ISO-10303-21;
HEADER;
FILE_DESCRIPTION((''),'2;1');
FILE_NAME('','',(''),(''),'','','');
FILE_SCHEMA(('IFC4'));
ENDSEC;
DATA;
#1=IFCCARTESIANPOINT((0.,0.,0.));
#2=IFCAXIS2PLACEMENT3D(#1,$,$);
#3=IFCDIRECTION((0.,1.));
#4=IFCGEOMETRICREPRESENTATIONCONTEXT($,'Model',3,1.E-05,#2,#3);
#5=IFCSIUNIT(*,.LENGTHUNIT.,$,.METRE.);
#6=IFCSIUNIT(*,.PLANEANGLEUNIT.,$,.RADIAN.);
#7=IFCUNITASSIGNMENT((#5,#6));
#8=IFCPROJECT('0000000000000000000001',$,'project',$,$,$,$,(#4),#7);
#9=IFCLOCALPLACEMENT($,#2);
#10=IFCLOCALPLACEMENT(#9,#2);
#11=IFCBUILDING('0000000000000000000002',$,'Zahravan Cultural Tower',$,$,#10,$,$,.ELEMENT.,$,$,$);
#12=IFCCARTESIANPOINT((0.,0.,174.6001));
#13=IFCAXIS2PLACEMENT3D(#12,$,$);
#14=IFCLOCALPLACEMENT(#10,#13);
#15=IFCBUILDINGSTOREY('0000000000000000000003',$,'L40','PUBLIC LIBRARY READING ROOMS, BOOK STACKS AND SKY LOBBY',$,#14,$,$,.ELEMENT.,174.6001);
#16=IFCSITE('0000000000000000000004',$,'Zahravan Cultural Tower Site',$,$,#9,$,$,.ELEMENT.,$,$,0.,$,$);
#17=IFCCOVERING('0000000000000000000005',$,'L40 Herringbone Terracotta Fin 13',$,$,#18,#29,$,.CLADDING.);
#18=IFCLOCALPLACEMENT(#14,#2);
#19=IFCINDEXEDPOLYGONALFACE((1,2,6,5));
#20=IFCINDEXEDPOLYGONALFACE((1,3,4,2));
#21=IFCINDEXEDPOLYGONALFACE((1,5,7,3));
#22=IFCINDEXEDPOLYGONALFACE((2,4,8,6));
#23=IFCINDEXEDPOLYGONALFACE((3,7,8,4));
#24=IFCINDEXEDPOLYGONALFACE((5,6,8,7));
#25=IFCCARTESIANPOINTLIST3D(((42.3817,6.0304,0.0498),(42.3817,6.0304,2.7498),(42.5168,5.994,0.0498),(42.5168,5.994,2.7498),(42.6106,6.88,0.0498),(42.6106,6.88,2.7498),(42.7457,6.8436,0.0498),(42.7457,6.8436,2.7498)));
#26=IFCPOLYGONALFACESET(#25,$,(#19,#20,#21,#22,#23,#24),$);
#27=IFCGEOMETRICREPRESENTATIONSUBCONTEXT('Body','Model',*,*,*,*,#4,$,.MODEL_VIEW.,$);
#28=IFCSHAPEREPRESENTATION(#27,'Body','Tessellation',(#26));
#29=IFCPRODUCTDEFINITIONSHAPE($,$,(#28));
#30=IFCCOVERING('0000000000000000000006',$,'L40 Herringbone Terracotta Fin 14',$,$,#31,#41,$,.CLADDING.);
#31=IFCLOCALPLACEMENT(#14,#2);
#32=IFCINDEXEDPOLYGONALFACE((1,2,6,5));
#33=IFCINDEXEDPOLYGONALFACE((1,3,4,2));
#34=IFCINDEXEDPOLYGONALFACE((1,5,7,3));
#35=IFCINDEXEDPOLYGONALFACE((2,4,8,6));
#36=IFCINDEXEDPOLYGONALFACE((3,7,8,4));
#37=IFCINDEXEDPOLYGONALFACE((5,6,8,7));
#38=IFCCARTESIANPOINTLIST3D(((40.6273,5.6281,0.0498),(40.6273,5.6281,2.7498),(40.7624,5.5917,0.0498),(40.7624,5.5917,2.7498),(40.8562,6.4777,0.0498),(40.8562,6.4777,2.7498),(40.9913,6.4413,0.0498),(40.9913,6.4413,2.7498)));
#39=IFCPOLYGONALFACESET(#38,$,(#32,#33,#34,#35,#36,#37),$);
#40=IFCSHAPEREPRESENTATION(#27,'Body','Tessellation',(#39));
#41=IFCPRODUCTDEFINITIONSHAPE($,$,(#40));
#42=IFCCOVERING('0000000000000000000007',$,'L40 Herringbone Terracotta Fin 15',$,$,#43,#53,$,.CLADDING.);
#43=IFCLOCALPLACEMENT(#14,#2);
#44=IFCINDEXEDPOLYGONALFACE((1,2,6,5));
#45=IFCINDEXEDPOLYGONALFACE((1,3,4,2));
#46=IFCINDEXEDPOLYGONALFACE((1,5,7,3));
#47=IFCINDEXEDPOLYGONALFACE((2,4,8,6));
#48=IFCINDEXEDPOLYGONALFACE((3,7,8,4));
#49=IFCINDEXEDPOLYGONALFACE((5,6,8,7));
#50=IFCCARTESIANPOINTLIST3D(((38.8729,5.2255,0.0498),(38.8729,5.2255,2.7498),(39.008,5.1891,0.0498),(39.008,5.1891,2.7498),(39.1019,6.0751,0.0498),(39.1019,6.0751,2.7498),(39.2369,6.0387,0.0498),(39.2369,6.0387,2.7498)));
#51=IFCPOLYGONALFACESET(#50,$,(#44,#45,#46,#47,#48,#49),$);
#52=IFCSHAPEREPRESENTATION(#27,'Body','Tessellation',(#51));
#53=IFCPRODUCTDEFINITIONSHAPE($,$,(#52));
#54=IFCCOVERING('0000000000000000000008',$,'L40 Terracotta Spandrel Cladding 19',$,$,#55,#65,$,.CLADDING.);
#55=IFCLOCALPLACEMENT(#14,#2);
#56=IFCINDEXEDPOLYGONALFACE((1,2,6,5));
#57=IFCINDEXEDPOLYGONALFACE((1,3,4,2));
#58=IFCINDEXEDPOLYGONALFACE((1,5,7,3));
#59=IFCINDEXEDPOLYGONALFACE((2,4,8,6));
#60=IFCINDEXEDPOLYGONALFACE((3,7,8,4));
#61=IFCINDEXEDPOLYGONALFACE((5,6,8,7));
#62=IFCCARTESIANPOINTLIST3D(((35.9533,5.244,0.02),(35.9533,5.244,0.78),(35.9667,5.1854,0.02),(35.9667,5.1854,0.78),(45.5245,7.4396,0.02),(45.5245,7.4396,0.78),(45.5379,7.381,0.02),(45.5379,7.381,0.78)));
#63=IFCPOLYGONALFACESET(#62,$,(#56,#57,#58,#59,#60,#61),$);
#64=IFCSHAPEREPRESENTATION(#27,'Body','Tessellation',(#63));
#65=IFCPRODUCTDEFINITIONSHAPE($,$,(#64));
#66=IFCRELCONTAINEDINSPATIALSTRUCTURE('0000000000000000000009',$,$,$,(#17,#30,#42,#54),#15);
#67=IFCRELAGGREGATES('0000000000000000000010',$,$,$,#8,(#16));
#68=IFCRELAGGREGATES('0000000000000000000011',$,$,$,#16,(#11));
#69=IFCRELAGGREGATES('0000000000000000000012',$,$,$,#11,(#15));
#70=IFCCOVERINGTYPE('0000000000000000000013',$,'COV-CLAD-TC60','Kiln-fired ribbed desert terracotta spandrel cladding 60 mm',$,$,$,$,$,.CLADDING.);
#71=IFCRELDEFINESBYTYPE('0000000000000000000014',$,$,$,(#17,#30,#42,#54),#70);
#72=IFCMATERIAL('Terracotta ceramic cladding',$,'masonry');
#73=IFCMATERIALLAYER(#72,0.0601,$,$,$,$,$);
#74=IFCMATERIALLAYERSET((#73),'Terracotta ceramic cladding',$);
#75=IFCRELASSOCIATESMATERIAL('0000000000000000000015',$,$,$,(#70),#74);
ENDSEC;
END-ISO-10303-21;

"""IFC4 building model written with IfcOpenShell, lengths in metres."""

from ifc_helpers import new_model, si_unit, direction, frame, origin, origin_2d, place, context, subcontext, project, spatial, rectangle, extrude, source, transform, mapped, material, layer, layer_set, type_object, element, save


model = new_model("IFC4")

# Units and contexts
model_context = context("Model", 3, precision=1e-05, world=origin(), true_north=direction((0.0, 1.0)))
body_context = subcontext(model_context, "Body", "Model", "MODEL_VIEW")
ifc_project = project(units=[si_unit("LENGTHUNIT", "METRE"), si_unit("PLANEANGLEUNIT", "RADIAN")], contexts=[model_context])

# Site, building, storey
site_placement = place(None, origin())
site = spatial("IfcSite", under=ifc_project, at=site_placement, Name="Zahravan Cultural Tower Site", CompositionType="ELEMENT", RefElevation=0.0)
building_placement = place(site_placement, origin())
building = spatial("IfcBuilding", under=site, at=building_placement, Name="Zahravan Cultural Tower", CompositionType="ELEMENT")
storey_placement = place(building_placement, frame((0.0, 0.0, 174.6001)))
storey = spatial("IfcBuildingStorey", under=building, at=storey_placement, Name="L40", Description="PUBLIC LIBRARY READING ROOMS, BOOK STACKS AND SKY LOBBY", CompositionType="ELEMENT", Elevation=174.6001)

# Coverings
ifc_material_1 = material(Name="Terracotta ceramic cladding", Category="masonry")
ifc_layer_1 = layer(ifc_material_1, 0.0601)
ifc_layer_set_1 = layer_set([ifc_layer_1], Name="Terracotta ceramic cladding")
covering_type = type_object("IfcCoveringType", Name="COV-CLAD-TC60", Description="Kiln-fired ribbed desert terracotta spandrel cladding 60 mm", PredefinedType="CLADDING", material=ifc_layer_set_1)
shared_shape_1 = source(origin(), body_context, "Body", "SweptSolid", [
    extrude(rectangle(XDim=0.8799, YDim=0.1399, at=origin_2d()), origin(), (0.0, 0.0, 1.0), 2.7),
])
for number, where, z_axis, x_axis, name in (
    (1, (42.5637, 6.437, 0.0498), (0.0, 0.0, 1.0), (-0.260167, -0.965564, 0.0), "L40 Herringbone Terracotta Fin 13"),
    (2, (40.8093, 6.0347, 0.0498), (0.0, 0.0, 1.0), (-0.260167, -0.965564, 0.0), "L40 Herringbone Terracotta Fin 14"),
    (3, (39.0549, 5.6321, 0.0498), (0.0, 0.0, 1.0), (-0.260167, -0.965564, 0.0), "L40 Herringbone Terracotta Fin 15"),
):
    element("IfcCovering", number, at=place(storey_placement, frame(where, z_axis=z_axis, x_axis=x_axis)), inside=storey, type_object=covering_type, Name=name, PredefinedType="CLADDING", context=body_context, shape_type="MappedRepresentation", body=[
        mapped(shared_shape_1, transform((0.0, 0.0, 0.0), x_axis=(1.0, 0.0, 0.0), y_axis=(0.0, 1.0, 0.0), z_axis=(0.0, 0.0, 1.0), scale=1.0)),
    ])
shared_shape_2 = source(origin(), body_context, "Body", "SweptSolid", [
    extrude(rectangle(XDim=9.8198, YDim=0.0601, at=origin_2d()), origin(), (0.0, 0.0, 1.0), 0.76),
])
covering_placement = place(storey_placement, frame((40.7456, 6.3125, 0.02), z_axis=(0.0, 0.0, 1.0), x_axis=(-0.974683, -0.22359, 0.0)))
element("IfcCovering", 4, at=covering_placement, inside=storey, type_object=covering_type, Name="L40 Terracotta Spandrel Cladding 19", PredefinedType="CLADDING", context=body_context, shape_type="MappedRepresentation", body=[
    mapped(shared_shape_2, transform((0.0, 0.0, 0.0), x_axis=(1.0, 0.0, 0.0), y_axis=(0.0, 1.0, 0.0), z_axis=(0.0, 0.0, 1.0), scale=1.0)),
])

save(model, "model.ifc")
